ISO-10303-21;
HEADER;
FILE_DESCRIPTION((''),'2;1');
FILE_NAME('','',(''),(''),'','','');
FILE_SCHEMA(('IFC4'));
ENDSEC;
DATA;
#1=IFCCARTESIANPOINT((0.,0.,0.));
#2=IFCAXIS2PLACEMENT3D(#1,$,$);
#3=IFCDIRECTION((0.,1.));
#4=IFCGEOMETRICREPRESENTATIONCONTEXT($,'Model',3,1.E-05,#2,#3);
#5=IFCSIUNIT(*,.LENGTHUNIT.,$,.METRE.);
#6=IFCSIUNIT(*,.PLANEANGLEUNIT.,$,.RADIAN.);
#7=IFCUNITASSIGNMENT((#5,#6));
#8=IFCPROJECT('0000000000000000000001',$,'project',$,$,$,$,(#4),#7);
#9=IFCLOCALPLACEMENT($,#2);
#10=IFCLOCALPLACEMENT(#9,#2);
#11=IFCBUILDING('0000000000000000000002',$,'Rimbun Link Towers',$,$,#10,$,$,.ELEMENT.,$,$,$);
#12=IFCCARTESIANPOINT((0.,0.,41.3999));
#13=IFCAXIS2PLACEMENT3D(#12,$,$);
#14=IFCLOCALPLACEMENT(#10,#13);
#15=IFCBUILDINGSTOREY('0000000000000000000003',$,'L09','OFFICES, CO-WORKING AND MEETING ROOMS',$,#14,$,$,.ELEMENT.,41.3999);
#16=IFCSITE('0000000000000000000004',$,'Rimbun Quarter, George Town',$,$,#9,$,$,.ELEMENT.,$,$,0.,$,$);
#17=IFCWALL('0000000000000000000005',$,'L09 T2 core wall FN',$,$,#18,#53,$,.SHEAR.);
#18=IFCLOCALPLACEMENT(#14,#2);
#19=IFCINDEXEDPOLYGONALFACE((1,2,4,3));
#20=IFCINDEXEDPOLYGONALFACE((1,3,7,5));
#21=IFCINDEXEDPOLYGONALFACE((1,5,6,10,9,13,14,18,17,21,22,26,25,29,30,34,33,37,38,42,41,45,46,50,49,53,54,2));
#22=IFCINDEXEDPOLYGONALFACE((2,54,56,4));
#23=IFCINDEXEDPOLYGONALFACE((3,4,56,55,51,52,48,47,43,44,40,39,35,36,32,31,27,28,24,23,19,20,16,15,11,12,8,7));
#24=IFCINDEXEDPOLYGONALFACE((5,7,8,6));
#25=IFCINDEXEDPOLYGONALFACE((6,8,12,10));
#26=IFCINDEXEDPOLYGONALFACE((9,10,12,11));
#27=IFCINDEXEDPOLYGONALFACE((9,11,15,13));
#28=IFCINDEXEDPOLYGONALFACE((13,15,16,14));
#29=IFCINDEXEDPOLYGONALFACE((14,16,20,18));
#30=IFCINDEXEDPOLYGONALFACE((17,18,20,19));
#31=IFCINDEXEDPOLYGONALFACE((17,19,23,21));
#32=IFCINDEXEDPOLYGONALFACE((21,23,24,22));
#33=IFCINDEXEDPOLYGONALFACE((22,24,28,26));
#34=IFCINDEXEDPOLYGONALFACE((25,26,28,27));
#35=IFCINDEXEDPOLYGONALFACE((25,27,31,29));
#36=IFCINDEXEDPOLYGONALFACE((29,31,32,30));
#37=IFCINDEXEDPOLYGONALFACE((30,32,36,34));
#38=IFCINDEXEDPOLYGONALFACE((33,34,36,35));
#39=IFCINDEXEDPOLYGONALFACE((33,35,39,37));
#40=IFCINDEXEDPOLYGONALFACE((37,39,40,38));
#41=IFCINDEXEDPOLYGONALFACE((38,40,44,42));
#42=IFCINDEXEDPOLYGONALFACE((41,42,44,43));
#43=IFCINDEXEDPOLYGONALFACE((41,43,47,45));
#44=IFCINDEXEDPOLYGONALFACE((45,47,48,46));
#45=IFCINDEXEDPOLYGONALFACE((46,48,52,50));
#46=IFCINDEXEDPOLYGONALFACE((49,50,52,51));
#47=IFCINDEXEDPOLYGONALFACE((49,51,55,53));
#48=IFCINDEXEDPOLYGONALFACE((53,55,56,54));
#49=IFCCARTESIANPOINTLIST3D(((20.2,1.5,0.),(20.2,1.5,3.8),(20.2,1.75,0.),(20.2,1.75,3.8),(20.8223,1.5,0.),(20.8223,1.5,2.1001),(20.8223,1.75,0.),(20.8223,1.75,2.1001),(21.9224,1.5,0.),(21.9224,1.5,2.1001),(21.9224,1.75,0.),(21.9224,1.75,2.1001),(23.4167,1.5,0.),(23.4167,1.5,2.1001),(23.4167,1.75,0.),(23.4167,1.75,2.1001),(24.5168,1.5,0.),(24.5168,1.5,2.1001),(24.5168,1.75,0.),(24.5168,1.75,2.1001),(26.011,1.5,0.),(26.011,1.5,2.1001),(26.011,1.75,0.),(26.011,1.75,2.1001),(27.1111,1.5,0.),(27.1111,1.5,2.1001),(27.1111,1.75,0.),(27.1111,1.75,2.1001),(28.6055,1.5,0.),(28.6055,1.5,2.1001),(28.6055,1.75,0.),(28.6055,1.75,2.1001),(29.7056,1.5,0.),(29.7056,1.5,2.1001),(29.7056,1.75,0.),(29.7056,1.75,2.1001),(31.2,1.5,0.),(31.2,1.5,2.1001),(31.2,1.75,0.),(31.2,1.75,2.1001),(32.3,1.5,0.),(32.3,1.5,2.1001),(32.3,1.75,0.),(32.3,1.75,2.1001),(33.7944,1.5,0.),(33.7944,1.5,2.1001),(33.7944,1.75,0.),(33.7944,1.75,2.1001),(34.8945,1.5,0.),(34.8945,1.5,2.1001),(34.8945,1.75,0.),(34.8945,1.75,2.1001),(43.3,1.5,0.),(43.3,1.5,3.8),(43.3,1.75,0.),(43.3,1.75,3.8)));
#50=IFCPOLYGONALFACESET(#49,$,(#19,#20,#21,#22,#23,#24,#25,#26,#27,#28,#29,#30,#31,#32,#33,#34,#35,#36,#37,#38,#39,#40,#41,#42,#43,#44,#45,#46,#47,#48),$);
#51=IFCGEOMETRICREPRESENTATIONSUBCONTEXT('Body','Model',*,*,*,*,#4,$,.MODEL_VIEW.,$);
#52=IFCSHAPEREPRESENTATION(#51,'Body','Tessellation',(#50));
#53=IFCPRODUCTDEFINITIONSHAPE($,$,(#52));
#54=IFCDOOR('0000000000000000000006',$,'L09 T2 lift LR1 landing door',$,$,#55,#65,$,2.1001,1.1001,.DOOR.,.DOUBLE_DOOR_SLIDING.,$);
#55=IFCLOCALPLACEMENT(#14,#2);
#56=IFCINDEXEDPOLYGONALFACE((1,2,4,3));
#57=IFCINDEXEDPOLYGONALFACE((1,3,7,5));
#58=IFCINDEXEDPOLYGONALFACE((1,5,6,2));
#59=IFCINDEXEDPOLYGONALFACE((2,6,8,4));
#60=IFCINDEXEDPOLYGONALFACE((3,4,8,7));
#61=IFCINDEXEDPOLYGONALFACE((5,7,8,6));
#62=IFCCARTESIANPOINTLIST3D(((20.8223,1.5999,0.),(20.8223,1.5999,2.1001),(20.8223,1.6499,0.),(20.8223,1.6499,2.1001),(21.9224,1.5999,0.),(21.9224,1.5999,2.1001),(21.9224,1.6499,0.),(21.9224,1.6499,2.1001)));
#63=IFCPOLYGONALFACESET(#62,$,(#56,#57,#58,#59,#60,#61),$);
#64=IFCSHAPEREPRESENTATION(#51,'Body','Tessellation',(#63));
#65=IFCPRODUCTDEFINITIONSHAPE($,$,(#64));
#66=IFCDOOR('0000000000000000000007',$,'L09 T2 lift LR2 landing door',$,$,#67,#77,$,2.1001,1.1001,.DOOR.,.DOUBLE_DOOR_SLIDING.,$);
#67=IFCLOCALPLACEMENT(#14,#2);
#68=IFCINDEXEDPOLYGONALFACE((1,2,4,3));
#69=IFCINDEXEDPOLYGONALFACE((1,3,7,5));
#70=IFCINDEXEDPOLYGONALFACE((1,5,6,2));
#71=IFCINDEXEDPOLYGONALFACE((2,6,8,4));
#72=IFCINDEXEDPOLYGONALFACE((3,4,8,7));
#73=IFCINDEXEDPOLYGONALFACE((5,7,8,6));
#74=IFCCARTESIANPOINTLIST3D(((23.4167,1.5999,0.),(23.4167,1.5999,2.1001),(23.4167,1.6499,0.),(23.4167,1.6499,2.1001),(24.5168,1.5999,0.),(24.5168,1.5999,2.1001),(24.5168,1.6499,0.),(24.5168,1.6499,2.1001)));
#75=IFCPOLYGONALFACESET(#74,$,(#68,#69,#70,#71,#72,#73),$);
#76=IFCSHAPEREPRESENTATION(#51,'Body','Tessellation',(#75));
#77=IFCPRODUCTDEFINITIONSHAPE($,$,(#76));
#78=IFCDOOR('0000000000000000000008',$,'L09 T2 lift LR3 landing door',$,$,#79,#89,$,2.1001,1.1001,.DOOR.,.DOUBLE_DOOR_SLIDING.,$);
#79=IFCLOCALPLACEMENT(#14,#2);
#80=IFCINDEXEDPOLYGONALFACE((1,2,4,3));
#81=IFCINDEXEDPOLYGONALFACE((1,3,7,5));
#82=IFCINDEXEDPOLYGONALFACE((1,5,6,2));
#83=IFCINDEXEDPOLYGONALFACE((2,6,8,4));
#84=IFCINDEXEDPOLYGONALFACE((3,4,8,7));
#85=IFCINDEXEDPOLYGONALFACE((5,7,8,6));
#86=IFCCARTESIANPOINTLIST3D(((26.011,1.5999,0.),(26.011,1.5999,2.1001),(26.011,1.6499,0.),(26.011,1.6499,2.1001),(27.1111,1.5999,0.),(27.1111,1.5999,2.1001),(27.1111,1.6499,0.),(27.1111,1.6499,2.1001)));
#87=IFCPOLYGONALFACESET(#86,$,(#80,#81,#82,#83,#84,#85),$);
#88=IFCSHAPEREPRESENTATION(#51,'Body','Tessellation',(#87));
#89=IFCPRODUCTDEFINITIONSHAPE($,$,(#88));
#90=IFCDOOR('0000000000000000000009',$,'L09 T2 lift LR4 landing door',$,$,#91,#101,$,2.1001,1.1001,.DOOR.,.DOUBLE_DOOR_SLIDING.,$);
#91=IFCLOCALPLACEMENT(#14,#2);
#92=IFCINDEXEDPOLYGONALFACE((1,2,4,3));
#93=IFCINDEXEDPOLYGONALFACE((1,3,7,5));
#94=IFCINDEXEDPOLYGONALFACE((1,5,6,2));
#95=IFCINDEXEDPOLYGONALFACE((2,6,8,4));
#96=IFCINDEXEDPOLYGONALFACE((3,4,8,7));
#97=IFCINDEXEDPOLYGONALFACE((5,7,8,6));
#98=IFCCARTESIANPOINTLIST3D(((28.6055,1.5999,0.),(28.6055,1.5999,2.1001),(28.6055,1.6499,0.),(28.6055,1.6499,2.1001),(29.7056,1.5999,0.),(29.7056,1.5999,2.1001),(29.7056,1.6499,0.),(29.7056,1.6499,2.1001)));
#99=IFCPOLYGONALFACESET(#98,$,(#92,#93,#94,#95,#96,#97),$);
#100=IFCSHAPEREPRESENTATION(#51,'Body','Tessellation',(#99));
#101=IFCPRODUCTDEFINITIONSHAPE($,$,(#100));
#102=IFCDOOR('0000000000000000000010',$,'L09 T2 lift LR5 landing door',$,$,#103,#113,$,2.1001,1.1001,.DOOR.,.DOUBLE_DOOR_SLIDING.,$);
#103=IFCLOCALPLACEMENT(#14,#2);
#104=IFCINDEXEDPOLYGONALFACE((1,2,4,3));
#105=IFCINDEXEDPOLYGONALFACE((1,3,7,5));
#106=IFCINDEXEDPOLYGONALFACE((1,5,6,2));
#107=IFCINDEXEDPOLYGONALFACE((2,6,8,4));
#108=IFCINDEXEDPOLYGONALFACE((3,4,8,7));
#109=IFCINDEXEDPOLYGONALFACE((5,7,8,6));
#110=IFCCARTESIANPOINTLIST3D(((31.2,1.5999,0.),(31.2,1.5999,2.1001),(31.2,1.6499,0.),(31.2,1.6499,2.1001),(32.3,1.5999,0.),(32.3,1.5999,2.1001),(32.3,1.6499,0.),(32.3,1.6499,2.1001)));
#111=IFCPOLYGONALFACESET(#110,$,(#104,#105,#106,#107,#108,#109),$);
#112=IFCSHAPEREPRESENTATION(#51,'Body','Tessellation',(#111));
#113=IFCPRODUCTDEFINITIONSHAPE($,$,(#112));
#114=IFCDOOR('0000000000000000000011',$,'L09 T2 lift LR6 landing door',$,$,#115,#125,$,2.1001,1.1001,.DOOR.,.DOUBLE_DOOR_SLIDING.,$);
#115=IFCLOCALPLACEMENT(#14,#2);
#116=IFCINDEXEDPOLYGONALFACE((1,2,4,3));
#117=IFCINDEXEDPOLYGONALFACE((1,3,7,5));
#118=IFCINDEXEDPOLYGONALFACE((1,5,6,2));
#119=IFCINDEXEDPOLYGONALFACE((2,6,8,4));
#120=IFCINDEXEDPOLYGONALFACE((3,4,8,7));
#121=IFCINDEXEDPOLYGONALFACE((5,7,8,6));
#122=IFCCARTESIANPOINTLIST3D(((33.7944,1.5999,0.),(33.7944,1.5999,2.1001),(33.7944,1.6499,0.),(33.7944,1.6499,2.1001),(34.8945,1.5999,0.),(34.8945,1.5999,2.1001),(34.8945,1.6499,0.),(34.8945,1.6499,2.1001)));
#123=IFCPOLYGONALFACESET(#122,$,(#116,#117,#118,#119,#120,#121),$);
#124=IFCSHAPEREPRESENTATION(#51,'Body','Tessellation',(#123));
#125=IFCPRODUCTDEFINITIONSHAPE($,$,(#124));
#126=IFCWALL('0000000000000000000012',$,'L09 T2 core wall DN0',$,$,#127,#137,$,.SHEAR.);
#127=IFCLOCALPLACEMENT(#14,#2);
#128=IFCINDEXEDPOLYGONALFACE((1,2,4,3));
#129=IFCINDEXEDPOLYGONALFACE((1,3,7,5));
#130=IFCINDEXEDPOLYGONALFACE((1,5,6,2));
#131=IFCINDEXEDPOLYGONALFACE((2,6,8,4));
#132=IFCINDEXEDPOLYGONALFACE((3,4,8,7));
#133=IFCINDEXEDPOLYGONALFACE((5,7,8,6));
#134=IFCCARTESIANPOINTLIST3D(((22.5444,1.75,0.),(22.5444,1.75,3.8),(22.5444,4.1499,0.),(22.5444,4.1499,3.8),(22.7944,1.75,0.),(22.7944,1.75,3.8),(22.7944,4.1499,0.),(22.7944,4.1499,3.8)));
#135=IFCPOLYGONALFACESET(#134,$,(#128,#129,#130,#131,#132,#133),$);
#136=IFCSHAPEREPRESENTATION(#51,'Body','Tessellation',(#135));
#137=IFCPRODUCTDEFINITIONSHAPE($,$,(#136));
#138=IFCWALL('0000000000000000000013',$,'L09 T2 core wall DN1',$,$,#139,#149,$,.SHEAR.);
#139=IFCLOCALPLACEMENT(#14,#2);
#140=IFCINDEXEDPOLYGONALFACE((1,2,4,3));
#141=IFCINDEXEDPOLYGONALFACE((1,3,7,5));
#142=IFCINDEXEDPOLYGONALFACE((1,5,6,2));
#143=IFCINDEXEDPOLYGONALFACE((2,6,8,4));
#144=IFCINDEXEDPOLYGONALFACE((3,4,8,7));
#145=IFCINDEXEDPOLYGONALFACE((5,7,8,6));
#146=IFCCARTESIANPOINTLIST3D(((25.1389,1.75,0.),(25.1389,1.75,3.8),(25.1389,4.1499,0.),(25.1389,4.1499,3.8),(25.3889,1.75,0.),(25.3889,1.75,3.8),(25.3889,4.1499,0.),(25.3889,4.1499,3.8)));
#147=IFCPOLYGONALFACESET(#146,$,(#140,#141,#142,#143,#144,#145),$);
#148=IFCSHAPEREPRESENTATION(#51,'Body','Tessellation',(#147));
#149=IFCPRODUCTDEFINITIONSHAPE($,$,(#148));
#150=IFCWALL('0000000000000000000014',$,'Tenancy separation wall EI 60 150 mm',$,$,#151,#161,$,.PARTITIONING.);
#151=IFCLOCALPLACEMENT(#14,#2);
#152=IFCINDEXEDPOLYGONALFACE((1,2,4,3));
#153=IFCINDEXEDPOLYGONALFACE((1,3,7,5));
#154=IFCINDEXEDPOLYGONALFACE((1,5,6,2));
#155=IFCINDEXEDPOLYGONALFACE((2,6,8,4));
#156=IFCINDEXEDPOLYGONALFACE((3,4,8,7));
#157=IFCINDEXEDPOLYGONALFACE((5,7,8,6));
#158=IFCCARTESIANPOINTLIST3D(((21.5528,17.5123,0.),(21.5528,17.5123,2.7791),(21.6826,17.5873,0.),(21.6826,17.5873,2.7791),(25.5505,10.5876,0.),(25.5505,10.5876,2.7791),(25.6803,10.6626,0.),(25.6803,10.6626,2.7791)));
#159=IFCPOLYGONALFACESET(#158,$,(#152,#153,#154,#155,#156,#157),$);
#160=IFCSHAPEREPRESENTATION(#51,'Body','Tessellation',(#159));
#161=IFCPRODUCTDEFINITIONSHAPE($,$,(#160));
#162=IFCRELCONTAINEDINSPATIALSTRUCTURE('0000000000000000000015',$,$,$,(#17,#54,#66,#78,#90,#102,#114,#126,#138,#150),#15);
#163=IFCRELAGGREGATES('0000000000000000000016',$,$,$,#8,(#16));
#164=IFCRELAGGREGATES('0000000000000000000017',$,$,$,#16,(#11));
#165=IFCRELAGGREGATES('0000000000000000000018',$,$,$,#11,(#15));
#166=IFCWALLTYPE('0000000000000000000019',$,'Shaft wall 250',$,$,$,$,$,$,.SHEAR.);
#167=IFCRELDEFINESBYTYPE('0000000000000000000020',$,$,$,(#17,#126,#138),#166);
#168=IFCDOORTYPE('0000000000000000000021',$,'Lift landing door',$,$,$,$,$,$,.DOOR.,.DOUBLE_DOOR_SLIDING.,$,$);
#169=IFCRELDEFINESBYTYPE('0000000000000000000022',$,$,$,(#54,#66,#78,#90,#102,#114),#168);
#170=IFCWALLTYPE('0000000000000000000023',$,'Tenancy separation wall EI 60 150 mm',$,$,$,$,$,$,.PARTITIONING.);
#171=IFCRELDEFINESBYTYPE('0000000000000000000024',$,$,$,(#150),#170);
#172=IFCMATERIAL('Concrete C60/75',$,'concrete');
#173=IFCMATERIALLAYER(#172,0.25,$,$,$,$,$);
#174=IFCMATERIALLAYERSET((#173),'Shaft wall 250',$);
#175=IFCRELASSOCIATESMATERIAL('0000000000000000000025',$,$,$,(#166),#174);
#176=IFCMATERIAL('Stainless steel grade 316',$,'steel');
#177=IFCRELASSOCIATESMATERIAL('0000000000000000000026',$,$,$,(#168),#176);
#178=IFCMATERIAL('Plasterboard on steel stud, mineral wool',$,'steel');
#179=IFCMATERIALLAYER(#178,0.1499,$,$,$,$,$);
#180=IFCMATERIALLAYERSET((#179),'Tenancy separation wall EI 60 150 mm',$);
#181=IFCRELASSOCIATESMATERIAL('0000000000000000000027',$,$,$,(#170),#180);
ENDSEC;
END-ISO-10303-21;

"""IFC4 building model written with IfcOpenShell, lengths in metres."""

from ifc_helpers import new_model, si_unit, direction, frame, frame_2d, origin, place, context, subcontext, project, spatial, rectangle, extrude, material, layer, layer_set, type_object, element, fill, save


model = new_model("IFC4")

# Units and contexts
model_context = context("Model", 3, precision=1e-05, world=origin(), true_north=direction((0.0, 1.0)))
body_context = subcontext(model_context, "Body", "Model", "MODEL_VIEW")
ifc_project = project(units=[si_unit("LENGTHUNIT", "METRE"), si_unit("PLANEANGLEUNIT", "RADIAN")], contexts=[model_context])

# Site, building, storey
site_placement = place(None, origin())
site = spatial("IfcSite", under=ifc_project, at=site_placement, Name="Rimbun Quarter, George Town", CompositionType="ELEMENT", RefElevation=0.0)
building_placement = place(site_placement, origin())
building = spatial("IfcBuilding", under=site, at=building_placement, Name="Rimbun Link Towers", CompositionType="ELEMENT")
storey_placement = place(building_placement, frame((0.0, 0.0, 41.3999)))
storey = spatial("IfcBuildingStorey", under=building, at=storey_placement, Name="L09", Description="OFFICES, CO-WORKING AND MEETING ROOMS", CompositionType="ELEMENT", Elevation=41.3999)

# Shared definitions
ifc_material_1 = material(Name="Concrete C60/75", Category="concrete")
ifc_layer_1 = layer(ifc_material_1, 0.25)
ifc_layer_set_1 = layer_set([ifc_layer_1], Name="Shaft wall 250")
wall_type_1 = type_object("IfcWallType", Name="Shaft wall 250", PredefinedType="SHEAR", material=ifc_layer_set_1)

# Wall, openings, doors
wall_1_placement = place(storey_placement, frame((20.2, 1.625, 0.0), z_axis=(0.0, 0.0, 1.0), x_axis=(1.0, 0.0, 0.0)))
wall_1 = element("IfcWall", 1, at=wall_1_placement, inside=storey, type_object=wall_type_1, Name="L09 T2 core wall FN", PredefinedType="SHEAR", context=body_context, shape_type="SweptSolid", body=[
    extrude(rectangle(XDim=23.1001, YDim=0.25, at=frame_2d((11.55, 0.0))), origin(), (0.0, 0.0, 1.0), 3.8),
])
opening_1_placement = place(wall_1_placement, frame((0.6223, 0.0, 0.0)))
opening_1 = element("IfcOpeningElement", 2, at=opening_1_placement, cuts=wall_1, PredefinedType="OPENING", context=body_context, shape_type="SweptSolid", body=[
    extrude(rectangle(XDim=1.1001, YDim=2.1001, at=frame_2d((0.55, 1.05))), frame((0.0, 0.135, 0.0), z_axis=(0.0, -1.0, 0.0), x_axis=(1.0, 0.0, 0.0)), (0.0, 0.0, 1.0), 0.27),
])
opening_2_placement = place(wall_1_placement, frame((3.2168, 0.0, 0.0)))
opening_2 = element("IfcOpeningElement", 3, at=opening_2_placement, cuts=wall_1, PredefinedType="OPENING", context=body_context, shape_type="SweptSolid", body=[
    extrude(rectangle(XDim=1.1001, YDim=2.1001, at=frame_2d((0.55, 1.05))), frame((0.0, 0.135, 0.0), z_axis=(0.0, -1.0, 0.0), x_axis=(1.0, 0.0, 0.0)), (0.0, 0.0, 1.0), 0.27),
])
opening_3_placement = place(wall_1_placement, frame((5.811, 0.0, 0.0)))
opening_3 = element("IfcOpeningElement", 4, at=opening_3_placement, cuts=wall_1, PredefinedType="OPENING", context=body_context, shape_type="SweptSolid", body=[
    extrude(rectangle(XDim=1.1001, YDim=2.1001, at=frame_2d((0.55, 1.05))), frame((0.0, 0.135, 0.0), z_axis=(0.0, -1.0, 0.0), x_axis=(1.0, 0.0, 0.0)), (0.0, 0.0, 1.0), 0.27),
])
opening_4_placement = place(wall_1_placement, frame((8.4055, 0.0, 0.0)))
opening_4 = element("IfcOpeningElement", 5, at=opening_4_placement, cuts=wall_1, PredefinedType="OPENING", context=body_context, shape_type="SweptSolid", body=[
    extrude(rectangle(XDim=1.1001, YDim=2.1001, at=frame_2d((0.55, 1.05))), frame((0.0, 0.135, 0.0), z_axis=(0.0, -1.0, 0.0), x_axis=(1.0, 0.0, 0.0)), (0.0, 0.0, 1.0), 0.27),
])
opening_5_placement = place(wall_1_placement, frame((11.0, 0.0, 0.0)))
opening_5 = element("IfcOpeningElement", 6, at=opening_5_placement, cuts=wall_1, PredefinedType="OPENING", context=body_context, shape_type="SweptSolid", body=[
    extrude(rectangle(XDim=1.1001, YDim=2.1001, at=frame_2d((0.55, 1.05))), frame((0.0, 0.135, 0.0), z_axis=(0.0, -1.0, 0.0), x_axis=(1.0, 0.0, 0.0)), (0.0, 0.0, 1.0), 0.27),
])
opening_6_placement = place(wall_1_placement, frame((13.5945, 0.0, 0.0)))
opening_6 = element("IfcOpeningElement", 7, at=opening_6_placement, cuts=wall_1, PredefinedType="OPENING", context=body_context, shape_type="SweptSolid", body=[
    extrude(rectangle(XDim=1.1001, YDim=2.1001, at=frame_2d((0.55, 1.05))), frame((0.0, 0.135, 0.0), z_axis=(0.0, -1.0, 0.0), x_axis=(1.0, 0.0, 0.0)), (0.0, 0.0, 1.0), 0.27),
])
ifc_material_2 = material(Name="Stainless steel grade 316", Category="steel")
door_type_1 = type_object("IfcDoorType", Name="Lift landing door", OperationType="DOUBLE_DOOR_SLIDING", PredefinedType="DOOR", material=ifc_material_2)
door_1_placement = place(opening_1_placement, origin())
door_1 = element("IfcDoor", 8, at=door_1_placement, inside=storey, type_object=door_type_1, Name="L09 T2 lift LR1 landing door", OperationType="DOUBLE_DOOR_SLIDING", OverallHeight=2.1001, OverallWidth=1.1001, PredefinedType="DOOR", context=body_context, shape_type="SweptSolid", body=[
    extrude(rectangle(XDim=1.1001, YDim=2.1001, at=frame_2d((0.55, 1.05))), frame((0.0, 0.0249, 0.0), z_axis=(0.0, -1.0, 0.0), x_axis=(1.0, 0.0, 0.0)), (0.0, 0.0, 1.0), 0.05),
])
fill(opening_1, door_1)
door_2_placement = place(opening_2_placement, origin())
door_2 = element("IfcDoor", 9, at=door_2_placement, inside=storey, type_object=door_type_1, Name="L09 T2 lift LR2 landing door", OperationType="DOUBLE_DOOR_SLIDING", OverallHeight=2.1001, OverallWidth=1.1001, PredefinedType="DOOR", context=body_context, shape_type="SweptSolid", body=[
    extrude(rectangle(XDim=1.1001, YDim=2.1001, at=frame_2d((0.55, 1.05))), frame((0.0, 0.0249, 0.0), z_axis=(0.0, -1.0, 0.0), x_axis=(1.0, 0.0, 0.0)), (0.0, 0.0, 1.0), 0.05),
])
fill(opening_2, door_2)
door_3_placement = place(opening_3_placement, origin())
door_3 = element("IfcDoor", 10, at=door_3_placement, inside=storey, type_object=door_type_1, Name="L09 T2 lift LR3 landing door", OperationType="DOUBLE_DOOR_SLIDING", OverallHeight=2.1001, OverallWidth=1.1001, PredefinedType="DOOR", context=body_context, shape_type="SweptSolid", body=[
    extrude(rectangle(XDim=1.1001, YDim=2.1001, at=frame_2d((0.55, 1.05))), frame((0.0, 0.0249, 0.0), z_axis=(0.0, -1.0, 0.0), x_axis=(1.0, 0.0, 0.0)), (0.0, 0.0, 1.0), 0.05),
])
fill(opening_3, door_3)
door_4_placement = place(opening_4_placement, origin())
door_4 = element("IfcDoor", 11, at=door_4_placement, inside=storey, type_object=door_type_1, Name="L09 T2 lift LR4 landing door", OperationType="DOUBLE_DOOR_SLIDING", OverallHeight=2.1001, OverallWidth=1.1001, PredefinedType="DOOR", context=body_context, shape_type="SweptSolid", body=[
    extrude(rectangle(XDim=1.1001, YDim=2.1001, at=frame_2d((0.55, 1.05))), frame((0.0, 0.0249, 0.0), z_axis=(0.0, -1.0, 0.0), x_axis=(1.0, 0.0, 0.0)), (0.0, 0.0, 1.0), 0.05),
])
fill(opening_4, door_4)
door_5_placement = place(opening_5_placement, origin())
door_5 = element("IfcDoor", 12, at=door_5_placement, inside=storey, type_object=door_type_1, Name="L09 T2 lift LR5 landing door", OperationType="DOUBLE_DOOR_SLIDING", OverallHeight=2.1001, OverallWidth=1.1001, PredefinedType="DOOR", context=body_context, shape_type="SweptSolid", body=[
    extrude(rectangle(XDim=1.1001, YDim=2.1001, at=frame_2d((0.55, 1.05))), frame((0.0, 0.0249, 0.0), z_axis=(0.0, -1.0, 0.0), x_axis=(1.0, 0.0, 0.0)), (0.0, 0.0, 1.0), 0.05),
])
fill(opening_5, door_5)
door_6_placement = place(opening_6_placement, origin())
door_6 = element("IfcDoor", 13, at=door_6_placement, inside=storey, type_object=door_type_1, Name="L09 T2 lift LR6 landing door", OperationType="DOUBLE_DOOR_SLIDING", OverallHeight=2.1001, OverallWidth=1.1001, PredefinedType="DOOR", context=body_context, shape_type="SweptSolid", body=[
    extrude(rectangle(XDim=1.1001, YDim=2.1001, at=frame_2d((0.55, 1.05))), frame((0.0, 0.0249, 0.0), z_axis=(0.0, -1.0, 0.0), x_axis=(1.0, 0.0, 0.0)), (0.0, 0.0, 1.0), 0.05),
])
fill(opening_6, door_6)

# Walls
for number, where, z_axis, x_axis, name in (
    (14, (22.6694, 1.75, 0.0), (0.0, 0.0, 1.0), (0.0, 1.0, 0.0), "L09 T2 core wall DN0"),
    (15, (25.2639, 1.75, 0.0), (0.0, 0.0, 1.0), (0.0, 1.0, 0.0), "L09 T2 core wall DN1"),
):
    element("IfcWall", number, at=place(storey_placement, frame(where, z_axis=z_axis, x_axis=x_axis)), inside=storey, type_object=wall_type_1, Name=name, PredefinedType="SHEAR", context=body_context, shape_type="SweptSolid", body=[
        extrude(rectangle(XDim=2.3999, YDim=0.25, at=frame_2d((1.2, 0.0))), origin(), (0.0, 0.0, 1.0), 3.8),
    ])
ifc_material_3 = material(Name="Plasterboard on steel stud, mineral wool", Category="steel")
ifc_layer_2 = layer(ifc_material_3, 0.1499)
ifc_layer_set_2 = layer_set([ifc_layer_2], Name="Tenancy separation wall EI 60 150 mm")
wall_type_2 = type_object("IfcWallType", Name="Tenancy separation wall EI 60 150 mm", PredefinedType="PARTITIONING", material=ifc_layer_set_2)
wall_2_placement = place(storey_placement, frame((25.6155, 10.625, 0.0), z_axis=(0.0, 0.0, 1.0), x_axis=(-0.499978, 0.866038, 0.0)))
element("IfcWall", 16, at=wall_2_placement, inside=storey, type_object=wall_type_2, Name="Tenancy separation wall EI 60 150 mm", PredefinedType="PARTITIONING", context=body_context, shape_type="SweptSolid", body=[
    extrude(rectangle(XDim=7.9958, YDim=0.1499, at=frame_2d((3.998, 0.0))), origin(), (0.0, 0.0, 1.0), 2.7791),
])

save(model, "model.ifc")
